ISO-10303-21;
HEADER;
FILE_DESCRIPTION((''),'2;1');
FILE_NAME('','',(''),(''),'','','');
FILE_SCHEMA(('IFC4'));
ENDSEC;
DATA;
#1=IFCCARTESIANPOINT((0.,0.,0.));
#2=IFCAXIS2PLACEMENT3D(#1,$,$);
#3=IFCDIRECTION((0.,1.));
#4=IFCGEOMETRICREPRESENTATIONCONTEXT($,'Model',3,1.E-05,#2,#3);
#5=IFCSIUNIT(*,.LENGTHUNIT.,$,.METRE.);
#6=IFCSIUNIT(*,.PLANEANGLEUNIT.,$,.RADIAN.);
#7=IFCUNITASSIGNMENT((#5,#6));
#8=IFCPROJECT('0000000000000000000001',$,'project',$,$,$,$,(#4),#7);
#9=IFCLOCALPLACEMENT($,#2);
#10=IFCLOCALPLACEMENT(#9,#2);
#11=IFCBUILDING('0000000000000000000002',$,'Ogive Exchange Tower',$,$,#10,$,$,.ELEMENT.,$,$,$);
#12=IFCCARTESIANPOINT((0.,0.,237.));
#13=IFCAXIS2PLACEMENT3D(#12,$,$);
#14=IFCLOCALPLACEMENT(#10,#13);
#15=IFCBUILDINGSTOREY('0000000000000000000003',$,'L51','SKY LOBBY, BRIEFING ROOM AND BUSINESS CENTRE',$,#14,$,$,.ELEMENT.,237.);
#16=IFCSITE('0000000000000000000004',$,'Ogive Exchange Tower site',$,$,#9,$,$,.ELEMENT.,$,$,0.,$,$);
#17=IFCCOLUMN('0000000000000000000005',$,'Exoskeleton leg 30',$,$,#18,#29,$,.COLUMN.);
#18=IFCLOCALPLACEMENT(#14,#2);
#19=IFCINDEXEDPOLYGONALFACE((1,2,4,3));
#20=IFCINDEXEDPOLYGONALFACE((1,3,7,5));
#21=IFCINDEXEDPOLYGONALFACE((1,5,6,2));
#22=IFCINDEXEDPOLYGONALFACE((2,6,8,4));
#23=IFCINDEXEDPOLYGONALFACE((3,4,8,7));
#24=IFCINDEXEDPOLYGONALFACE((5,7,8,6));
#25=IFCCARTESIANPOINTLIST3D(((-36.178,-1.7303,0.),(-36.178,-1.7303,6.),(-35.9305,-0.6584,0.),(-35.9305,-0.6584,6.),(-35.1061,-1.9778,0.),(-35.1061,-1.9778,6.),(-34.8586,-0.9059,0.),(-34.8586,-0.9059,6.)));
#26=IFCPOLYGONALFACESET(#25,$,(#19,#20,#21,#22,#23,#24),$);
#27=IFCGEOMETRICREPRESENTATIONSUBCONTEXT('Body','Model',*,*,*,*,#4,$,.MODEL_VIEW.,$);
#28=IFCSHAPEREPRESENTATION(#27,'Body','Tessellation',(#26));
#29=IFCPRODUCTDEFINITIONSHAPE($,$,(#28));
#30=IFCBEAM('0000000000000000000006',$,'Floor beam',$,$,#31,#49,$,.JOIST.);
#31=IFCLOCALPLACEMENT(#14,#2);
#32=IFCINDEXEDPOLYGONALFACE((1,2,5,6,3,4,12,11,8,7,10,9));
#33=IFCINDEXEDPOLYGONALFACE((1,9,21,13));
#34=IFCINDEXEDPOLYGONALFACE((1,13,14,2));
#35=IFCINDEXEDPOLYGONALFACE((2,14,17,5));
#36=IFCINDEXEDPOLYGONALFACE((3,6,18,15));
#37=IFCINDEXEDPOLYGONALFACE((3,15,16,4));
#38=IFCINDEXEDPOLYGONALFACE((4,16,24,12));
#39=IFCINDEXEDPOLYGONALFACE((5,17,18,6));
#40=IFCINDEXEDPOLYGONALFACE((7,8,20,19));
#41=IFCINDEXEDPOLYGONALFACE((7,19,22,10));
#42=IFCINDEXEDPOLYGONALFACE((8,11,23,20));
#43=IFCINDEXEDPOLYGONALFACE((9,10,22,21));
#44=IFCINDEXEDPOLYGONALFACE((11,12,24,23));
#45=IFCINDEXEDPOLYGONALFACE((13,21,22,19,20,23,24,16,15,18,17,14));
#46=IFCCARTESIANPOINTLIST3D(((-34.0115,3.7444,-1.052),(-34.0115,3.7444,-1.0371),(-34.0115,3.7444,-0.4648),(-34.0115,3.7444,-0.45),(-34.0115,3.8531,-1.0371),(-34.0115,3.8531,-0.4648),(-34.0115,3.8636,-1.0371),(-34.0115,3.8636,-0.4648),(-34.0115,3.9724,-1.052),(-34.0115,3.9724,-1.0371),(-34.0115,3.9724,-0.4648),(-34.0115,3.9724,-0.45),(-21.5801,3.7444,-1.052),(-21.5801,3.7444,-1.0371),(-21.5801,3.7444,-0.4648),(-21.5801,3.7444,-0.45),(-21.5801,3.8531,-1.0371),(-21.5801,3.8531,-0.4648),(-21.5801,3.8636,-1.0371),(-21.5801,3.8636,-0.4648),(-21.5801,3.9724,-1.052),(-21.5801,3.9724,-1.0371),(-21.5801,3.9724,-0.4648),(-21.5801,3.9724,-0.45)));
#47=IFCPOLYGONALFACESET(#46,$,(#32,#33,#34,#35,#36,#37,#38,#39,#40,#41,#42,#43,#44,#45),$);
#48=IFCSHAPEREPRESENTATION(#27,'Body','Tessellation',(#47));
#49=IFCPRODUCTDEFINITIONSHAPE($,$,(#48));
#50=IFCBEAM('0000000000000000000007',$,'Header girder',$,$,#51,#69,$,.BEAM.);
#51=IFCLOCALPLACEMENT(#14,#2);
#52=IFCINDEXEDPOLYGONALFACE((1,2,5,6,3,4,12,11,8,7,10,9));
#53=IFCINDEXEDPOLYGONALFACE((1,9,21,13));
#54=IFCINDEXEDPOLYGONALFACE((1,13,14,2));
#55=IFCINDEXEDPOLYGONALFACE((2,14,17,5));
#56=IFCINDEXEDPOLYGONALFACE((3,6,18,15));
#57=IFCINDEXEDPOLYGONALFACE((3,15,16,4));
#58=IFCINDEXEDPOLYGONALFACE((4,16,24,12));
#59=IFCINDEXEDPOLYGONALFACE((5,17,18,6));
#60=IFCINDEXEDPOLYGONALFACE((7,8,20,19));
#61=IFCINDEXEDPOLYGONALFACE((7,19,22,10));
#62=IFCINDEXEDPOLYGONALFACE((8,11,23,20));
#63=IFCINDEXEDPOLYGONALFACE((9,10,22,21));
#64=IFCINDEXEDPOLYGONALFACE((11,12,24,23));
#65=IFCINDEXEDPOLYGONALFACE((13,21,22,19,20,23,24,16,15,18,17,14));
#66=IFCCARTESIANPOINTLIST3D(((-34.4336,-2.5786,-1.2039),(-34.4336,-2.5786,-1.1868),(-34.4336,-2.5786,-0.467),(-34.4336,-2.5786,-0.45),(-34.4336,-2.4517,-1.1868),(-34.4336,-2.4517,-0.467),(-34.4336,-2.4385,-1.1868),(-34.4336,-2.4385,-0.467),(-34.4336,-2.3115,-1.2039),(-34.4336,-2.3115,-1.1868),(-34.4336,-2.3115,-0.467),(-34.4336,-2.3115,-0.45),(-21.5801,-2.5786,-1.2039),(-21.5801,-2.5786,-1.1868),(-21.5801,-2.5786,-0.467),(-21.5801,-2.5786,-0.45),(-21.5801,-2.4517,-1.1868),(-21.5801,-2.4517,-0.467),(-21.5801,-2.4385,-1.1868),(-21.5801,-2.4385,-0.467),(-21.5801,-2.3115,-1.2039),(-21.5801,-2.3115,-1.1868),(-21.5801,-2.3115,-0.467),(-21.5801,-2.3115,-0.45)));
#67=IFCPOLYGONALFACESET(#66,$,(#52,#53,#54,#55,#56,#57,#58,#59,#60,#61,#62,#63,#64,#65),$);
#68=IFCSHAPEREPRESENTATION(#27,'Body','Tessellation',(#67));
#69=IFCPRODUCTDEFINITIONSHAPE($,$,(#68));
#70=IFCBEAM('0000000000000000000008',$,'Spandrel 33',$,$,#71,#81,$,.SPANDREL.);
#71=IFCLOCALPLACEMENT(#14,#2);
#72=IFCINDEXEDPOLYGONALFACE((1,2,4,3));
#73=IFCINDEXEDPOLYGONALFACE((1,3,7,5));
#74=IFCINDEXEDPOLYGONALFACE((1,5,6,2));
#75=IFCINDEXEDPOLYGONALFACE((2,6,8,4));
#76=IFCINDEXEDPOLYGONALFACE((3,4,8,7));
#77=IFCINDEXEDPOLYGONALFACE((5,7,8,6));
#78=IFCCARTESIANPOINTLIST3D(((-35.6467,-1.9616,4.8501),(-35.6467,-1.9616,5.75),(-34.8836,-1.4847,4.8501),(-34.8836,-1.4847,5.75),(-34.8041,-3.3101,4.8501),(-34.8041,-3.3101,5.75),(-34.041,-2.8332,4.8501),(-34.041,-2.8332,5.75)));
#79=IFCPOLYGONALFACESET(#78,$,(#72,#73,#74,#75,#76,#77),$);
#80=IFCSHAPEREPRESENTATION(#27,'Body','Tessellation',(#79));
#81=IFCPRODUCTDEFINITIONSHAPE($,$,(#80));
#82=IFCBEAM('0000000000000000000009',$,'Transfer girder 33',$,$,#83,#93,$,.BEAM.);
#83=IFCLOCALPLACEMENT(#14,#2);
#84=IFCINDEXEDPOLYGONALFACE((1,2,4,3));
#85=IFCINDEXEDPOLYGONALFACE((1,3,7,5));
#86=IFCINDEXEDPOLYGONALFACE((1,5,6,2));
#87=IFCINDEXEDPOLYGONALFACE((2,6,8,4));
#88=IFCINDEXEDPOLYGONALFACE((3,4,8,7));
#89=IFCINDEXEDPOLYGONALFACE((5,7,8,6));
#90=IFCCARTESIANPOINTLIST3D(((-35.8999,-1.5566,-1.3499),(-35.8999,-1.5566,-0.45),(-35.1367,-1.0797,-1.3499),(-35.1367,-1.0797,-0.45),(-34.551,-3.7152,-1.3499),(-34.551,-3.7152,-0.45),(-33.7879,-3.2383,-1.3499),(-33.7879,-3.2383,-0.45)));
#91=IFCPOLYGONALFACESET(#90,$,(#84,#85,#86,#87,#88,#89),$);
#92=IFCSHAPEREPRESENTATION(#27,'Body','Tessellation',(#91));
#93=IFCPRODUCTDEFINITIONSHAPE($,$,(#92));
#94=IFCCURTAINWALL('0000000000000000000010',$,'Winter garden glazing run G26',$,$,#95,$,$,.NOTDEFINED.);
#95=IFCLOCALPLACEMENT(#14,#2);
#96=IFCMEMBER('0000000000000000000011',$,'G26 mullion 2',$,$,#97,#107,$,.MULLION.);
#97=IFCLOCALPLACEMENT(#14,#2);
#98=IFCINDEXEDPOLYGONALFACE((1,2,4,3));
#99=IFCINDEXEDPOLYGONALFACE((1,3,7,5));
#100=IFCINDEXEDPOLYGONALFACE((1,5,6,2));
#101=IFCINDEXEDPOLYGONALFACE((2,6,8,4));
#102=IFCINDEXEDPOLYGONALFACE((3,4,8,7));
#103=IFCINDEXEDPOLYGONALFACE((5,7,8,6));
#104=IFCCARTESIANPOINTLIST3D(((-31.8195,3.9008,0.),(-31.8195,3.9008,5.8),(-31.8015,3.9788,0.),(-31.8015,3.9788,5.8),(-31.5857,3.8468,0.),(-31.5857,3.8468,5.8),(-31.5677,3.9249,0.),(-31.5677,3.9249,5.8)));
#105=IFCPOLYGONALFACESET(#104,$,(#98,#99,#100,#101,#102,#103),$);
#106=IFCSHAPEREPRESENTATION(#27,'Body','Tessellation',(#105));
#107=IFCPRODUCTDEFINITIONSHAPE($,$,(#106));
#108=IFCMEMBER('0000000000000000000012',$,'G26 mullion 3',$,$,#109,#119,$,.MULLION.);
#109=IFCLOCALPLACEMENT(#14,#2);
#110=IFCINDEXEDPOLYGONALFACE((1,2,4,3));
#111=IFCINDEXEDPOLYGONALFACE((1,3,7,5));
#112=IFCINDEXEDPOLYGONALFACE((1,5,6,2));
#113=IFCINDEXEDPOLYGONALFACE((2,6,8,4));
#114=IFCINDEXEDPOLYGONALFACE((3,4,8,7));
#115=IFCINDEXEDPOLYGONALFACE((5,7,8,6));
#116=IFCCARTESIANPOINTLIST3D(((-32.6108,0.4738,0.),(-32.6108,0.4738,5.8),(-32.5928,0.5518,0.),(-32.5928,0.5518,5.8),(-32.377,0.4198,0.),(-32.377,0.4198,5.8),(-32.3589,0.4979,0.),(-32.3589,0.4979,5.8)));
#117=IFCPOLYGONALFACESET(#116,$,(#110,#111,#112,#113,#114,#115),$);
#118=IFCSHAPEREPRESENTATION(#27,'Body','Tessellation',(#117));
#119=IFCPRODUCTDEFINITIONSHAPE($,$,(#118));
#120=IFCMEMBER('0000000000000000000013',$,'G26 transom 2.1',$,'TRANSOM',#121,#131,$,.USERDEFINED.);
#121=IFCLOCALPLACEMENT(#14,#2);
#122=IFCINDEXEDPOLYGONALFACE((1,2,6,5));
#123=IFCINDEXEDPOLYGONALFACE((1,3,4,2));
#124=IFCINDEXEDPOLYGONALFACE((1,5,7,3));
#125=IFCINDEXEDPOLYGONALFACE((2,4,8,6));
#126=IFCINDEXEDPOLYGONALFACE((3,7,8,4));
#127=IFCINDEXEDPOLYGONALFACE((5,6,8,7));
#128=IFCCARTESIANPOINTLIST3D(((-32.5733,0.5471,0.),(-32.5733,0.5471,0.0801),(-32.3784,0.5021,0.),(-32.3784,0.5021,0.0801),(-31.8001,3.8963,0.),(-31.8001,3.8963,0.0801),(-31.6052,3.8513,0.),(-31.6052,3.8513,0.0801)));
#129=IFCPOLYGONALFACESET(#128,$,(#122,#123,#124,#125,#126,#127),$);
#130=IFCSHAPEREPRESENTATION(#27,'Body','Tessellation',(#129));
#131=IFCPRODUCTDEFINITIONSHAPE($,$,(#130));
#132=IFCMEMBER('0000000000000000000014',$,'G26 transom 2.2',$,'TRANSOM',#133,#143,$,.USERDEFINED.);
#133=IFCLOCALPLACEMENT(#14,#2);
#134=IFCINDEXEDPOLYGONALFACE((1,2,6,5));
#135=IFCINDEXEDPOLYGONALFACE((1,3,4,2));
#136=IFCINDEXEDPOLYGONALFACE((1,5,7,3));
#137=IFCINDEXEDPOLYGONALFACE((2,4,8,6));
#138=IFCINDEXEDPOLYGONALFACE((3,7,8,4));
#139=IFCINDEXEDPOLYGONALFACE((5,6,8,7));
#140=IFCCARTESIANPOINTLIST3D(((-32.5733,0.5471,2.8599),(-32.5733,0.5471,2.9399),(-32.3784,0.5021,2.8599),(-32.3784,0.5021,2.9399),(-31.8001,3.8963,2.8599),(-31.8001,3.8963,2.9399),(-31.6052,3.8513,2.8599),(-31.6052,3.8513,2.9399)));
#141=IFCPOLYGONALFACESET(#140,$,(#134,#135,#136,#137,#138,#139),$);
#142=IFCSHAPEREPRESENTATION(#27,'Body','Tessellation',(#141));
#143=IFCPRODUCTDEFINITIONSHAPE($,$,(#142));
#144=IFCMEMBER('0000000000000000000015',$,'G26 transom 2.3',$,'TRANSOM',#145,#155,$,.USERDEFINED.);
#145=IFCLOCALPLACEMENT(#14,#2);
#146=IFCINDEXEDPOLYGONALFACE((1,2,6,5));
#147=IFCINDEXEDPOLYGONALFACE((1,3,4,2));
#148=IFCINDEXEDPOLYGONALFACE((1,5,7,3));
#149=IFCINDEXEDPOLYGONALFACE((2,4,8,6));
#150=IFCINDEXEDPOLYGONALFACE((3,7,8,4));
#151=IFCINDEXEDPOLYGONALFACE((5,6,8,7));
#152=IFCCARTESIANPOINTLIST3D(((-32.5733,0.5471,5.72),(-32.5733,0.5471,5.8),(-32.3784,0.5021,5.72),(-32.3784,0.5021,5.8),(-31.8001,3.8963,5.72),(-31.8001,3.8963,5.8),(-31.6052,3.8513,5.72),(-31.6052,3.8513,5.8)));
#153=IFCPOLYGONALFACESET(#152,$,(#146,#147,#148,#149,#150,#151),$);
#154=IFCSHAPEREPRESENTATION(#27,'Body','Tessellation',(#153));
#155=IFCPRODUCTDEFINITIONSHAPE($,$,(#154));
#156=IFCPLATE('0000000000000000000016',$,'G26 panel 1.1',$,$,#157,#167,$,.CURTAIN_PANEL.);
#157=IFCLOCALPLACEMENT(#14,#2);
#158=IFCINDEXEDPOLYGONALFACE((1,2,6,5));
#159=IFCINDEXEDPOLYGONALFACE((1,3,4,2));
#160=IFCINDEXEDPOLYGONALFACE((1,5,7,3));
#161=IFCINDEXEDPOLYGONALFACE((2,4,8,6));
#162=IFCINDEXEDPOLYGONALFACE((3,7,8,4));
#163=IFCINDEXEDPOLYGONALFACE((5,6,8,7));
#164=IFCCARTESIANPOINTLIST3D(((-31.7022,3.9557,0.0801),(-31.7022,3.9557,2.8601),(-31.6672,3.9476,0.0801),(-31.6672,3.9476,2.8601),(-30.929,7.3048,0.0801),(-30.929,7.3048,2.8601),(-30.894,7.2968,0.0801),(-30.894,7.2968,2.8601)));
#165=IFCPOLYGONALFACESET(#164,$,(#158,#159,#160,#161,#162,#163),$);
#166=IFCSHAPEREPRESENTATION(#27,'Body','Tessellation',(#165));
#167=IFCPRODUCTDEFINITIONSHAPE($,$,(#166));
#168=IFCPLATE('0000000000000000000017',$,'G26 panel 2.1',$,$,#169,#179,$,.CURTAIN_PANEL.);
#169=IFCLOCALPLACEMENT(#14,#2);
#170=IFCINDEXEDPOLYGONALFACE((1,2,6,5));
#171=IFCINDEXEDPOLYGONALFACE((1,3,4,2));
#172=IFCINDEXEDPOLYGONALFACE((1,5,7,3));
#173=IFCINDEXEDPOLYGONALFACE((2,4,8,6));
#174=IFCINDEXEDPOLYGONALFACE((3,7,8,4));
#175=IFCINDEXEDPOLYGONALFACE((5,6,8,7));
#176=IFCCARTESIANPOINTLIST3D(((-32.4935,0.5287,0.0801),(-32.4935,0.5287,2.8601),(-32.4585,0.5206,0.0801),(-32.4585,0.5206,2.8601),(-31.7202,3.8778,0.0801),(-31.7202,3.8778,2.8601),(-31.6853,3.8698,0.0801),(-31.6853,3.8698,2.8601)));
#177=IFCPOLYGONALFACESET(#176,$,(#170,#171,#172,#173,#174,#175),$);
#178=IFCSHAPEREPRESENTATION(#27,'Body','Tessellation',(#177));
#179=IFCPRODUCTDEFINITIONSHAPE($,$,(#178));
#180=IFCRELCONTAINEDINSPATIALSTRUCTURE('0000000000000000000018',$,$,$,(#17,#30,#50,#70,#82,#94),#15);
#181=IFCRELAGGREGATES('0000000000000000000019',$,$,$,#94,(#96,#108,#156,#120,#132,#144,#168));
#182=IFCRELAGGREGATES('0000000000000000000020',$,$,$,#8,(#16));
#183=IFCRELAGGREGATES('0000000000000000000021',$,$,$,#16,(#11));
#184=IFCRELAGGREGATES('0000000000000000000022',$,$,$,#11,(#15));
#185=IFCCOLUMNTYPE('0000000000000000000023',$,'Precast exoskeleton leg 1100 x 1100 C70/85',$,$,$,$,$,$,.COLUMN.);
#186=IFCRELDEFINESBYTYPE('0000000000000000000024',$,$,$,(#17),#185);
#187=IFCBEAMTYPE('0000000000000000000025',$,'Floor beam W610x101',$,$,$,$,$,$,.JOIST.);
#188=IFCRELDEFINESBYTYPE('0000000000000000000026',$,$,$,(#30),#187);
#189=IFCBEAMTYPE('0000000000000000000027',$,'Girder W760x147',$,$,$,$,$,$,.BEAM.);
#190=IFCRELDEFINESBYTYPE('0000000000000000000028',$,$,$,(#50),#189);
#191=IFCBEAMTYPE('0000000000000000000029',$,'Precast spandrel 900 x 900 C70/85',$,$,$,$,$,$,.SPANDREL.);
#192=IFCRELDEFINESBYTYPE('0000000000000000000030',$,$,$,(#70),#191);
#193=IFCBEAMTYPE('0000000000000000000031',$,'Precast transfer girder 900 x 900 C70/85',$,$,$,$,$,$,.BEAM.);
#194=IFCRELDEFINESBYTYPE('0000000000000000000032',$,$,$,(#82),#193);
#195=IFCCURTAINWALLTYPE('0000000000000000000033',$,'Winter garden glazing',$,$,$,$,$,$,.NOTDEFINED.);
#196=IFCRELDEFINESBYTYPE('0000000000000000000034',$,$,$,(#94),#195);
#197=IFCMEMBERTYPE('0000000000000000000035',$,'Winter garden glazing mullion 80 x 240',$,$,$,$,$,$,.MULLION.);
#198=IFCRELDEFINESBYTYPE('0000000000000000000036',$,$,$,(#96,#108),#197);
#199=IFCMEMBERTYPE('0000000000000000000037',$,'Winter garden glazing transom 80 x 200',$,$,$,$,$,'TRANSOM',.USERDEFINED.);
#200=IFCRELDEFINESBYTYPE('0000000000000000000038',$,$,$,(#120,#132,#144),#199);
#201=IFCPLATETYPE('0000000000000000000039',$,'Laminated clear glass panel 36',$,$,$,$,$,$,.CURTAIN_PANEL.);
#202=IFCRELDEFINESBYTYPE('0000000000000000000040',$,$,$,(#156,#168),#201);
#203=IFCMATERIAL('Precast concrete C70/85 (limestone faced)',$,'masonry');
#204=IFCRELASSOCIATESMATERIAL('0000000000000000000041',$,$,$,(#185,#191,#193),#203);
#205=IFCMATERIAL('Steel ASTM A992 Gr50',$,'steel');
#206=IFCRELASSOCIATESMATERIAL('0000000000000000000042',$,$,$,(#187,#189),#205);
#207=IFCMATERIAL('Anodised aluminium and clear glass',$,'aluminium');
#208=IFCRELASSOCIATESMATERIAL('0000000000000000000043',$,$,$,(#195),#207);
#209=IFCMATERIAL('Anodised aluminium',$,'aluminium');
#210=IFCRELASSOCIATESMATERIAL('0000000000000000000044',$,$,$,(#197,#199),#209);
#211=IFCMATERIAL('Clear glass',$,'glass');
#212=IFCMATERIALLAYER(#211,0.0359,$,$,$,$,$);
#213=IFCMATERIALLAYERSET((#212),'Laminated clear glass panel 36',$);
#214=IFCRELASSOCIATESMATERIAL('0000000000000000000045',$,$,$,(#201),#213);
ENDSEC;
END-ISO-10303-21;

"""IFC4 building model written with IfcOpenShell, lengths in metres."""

from ifc_helpers import new_model, si_unit, direction, frame, origin, origin_2d, place, context, subcontext, project, spatial, rectangle, i_section, extrude, material, layer, layer_set, material_profile, profile_set, type_object, element, aggregate, save


model = new_model("IFC4")

# Units and contexts
model_context = context("Model", 3, precision=1e-05, world=origin(), true_north=direction((0.0, 1.0)))
body_context = subcontext(model_context, "Body", "Model", "MODEL_VIEW")
ifc_project = project(units=[si_unit("LENGTHUNIT", "METRE"), si_unit("PLANEANGLEUNIT", "RADIAN")], contexts=[model_context])

# Site, building, storey
site_placement = place(None, origin())
site = spatial("IfcSite", under=ifc_project, at=site_placement, Name="Ogive Exchange Tower site", CompositionType="ELEMENT", RefElevation=0.0)
building_placement = place(site_placement, origin())
building = spatial("IfcBuilding", under=site, at=building_placement, Name="Ogive Exchange Tower", CompositionType="ELEMENT")
storey_placement = place(building_placement, frame((0.0, 0.0, 237.0)))
storey = spatial("IfcBuildingStorey", under=building, at=storey_placement, Name="L51", Description="SKY LOBBY, BRIEFING ROOM AND BUSINESS CENTRE", CompositionType="ELEMENT", Elevation=237.0)

# Column
ifc_material_1 = material(Name="Precast concrete C70/85 (limestone faced)", Category="masonry")
ifc_material_profile_1 = material_profile(ifc_material_1, rectangle(XDim=1.1001, YDim=1.1001, at=origin_2d()), Name="1100 x 1100")
ifc_profile_set_1 = profile_set([ifc_material_profile_1], Name="Precast concrete C70/85 (limestone faced)")
column_type = type_object("IfcColumnType", Name="Precast exoskeleton leg 1100 x 1100 C70/85", PredefinedType="COLUMN", material=ifc_profile_set_1)
column_placement = place(storey_placement, frame((-35.5183, -1.3181, 0.0), z_axis=(0.0, 0.0, 1.0), x_axis=(0.97437, -0.224951, 0.0)))
element("IfcColumn", 1, at=column_placement, inside=storey, type_object=column_type, Name="Exoskeleton leg 30", PredefinedType="COLUMN", context=body_context, shape_type="SweptSolid", body=[
    extrude(rectangle(XDim=1.1001, YDim=1.1001, at=origin_2d()), origin(), (0.0, 0.0, 1.0), 6.0),
])

# Beams
ifc_material_2 = material(Name="Steel ASTM A992 Gr50", Category="steel")
ifc_material_profile_2 = material_profile(ifc_material_2, i_section(OverallWidth=0.228, OverallDepth=0.6021, WebThickness=0.0105, FlangeThickness=0.0149, at=origin_2d()), Name="W610x101")
ifc_profile_set_2 = profile_set([ifc_material_profile_2], Name="Steel ASTM A992 Gr50")
beam_type_1 = type_object("IfcBeamType", Name="Floor beam W610x101", PredefinedType="JOIST", material=ifc_profile_set_2)
beam_1_placement = place(storey_placement, frame((-34.0115, 3.8584, -0.751), z_axis=(1.0, 0.0, 0.0), x_axis=(0.0, 1.0, 0.0)))
element("IfcBeam", 2, at=beam_1_placement, inside=storey, type_object=beam_type_1, Name="Floor beam", PredefinedType="JOIST", context=body_context, shape_type="SweptSolid", body=[
    extrude(i_section(OverallWidth=0.228, OverallDepth=0.6021, WebThickness=0.0105, FlangeThickness=0.0149, at=origin_2d()), origin(), (0.0, 0.0, 1.0), 12.4314),
])
ifc_material_profile_3 = material_profile(ifc_material_2, i_section(OverallWidth=0.2671, OverallDepth=0.7539, WebThickness=0.0132, FlangeThickness=0.0171, at=origin_2d()), Name="W760x147")
ifc_profile_set_3 = profile_set([ifc_material_profile_3], Name="Steel ASTM A992 Gr50")
beam_type_2 = type_object("IfcBeamType", Name="Girder W760x147", PredefinedType="BEAM", material=ifc_profile_set_3)
beam_2_placement = place(storey_placement, frame((-34.4336, -2.4451, -0.8269), z_axis=(1.0, 0.0, 0.0), x_axis=(0.0, 1.0, 0.0)))
element("IfcBeam", 3, at=beam_2_placement, inside=storey, type_object=beam_type_2, Name="Header girder", PredefinedType="BEAM", context=body_context, shape_type="SweptSolid", body=[
    extrude(i_section(OverallWidth=0.2671, OverallDepth=0.7539, WebThickness=0.0132, FlangeThickness=0.0171, at=origin_2d()), origin(), (0.0, 0.0, 1.0), 12.8535),
])
ifc_material_profile_4 = material_profile(ifc_material_1, rectangle(XDim=0.8999, YDim=0.8999, at=origin_2d()), Name="900 x 900")
ifc_profile_set_4 = profile_set([ifc_material_profile_4], Name="Precast concrete C70/85 (limestone faced)")
beam_type_3 = type_object("IfcBeamType", Name="Precast spandrel 900 x 900 C70/85", PredefinedType="SPANDREL", material=ifc_profile_set_4)
beam_3_placement = place(storey_placement, frame((-35.2651, -1.7231, 5.3), z_axis=(0.529902, -0.848059, 0.0), x_axis=(0.848059, 0.529902, 0.0)))
element("IfcBeam", 4, at=beam_3_placement, inside=storey, type_object=beam_type_3, Name="Spandrel 33", PredefinedType="SPANDREL", context=body_context, shape_type="SweptSolid", body=[
    extrude(rectangle(XDim=0.8999, YDim=0.8999, at=origin_2d()), origin(), (0.0, 0.0, 1.0), 1.5901),
])
ifc_material_profile_5 = material_profile(ifc_material_1, rectangle(XDim=0.8999, YDim=0.8999, at=origin_2d()), Name="900 x 900")
ifc_profile_set_5 = profile_set([ifc_material_profile_5], Name="Precast concrete C70/85 (limestone faced)")
beam_type_4 = type_object("IfcBeamType", Name="Precast transfer girder 900 x 900 C70/85", PredefinedType="BEAM", material=ifc_profile_set_5)
beam_4_placement = place(storey_placement, frame((-35.5183, -1.3181, -0.8999), z_axis=(0.529913, -0.848052, 0.0), x_axis=(0.848052, 0.529913, 0.0)))
element("IfcBeam", 5, at=beam_4_placement, inside=storey, type_object=beam_type_4, Name="Transfer girder 33", PredefinedType="BEAM", context=body_context, shape_type="SweptSolid", body=[
    extrude(rectangle(XDim=0.8999, YDim=0.8999, at=origin_2d()), origin(), (0.0, 0.0, 1.0), 2.5454),
])

# Curtain wall, members, plates
ifc_material_3 = material(Name="Anodised aluminium and clear glass", Category="aluminium")
curtain_wall_type = type_object("IfcCurtainWallType", Name="Winter garden glazing", PredefinedType="NOTDEFINED", material=ifc_material_3)
curtain_wall_placement = place(storey_placement, origin())
curtain_wall = element("IfcCurtainWall", 6, at=curtain_wall_placement, inside=storey, type_object=curtain_wall_type, Name="Winter garden glazing run G26", PredefinedType="NOTDEFINED")
ifc_material_4 = material(Name="Anodised aluminium", Category="aluminium")
ifc_material_profile_6 = material_profile(ifc_material_4, rectangle(XDim=0.24, YDim=0.0801, at=origin_2d()), Name="AL 80x240")
ifc_profile_set_6 = profile_set([ifc_material_profile_6], Name="Anodised aluminium")
member_type_1 = type_object("IfcMemberType", Name="Winter garden glazing mullion 80 x 240", PredefinedType="MULLION", material=ifc_profile_set_6)
member_1_placement = place(storey_placement, frame((-31.6936, 3.9128, 0.0), z_axis=(0.0, 0.0, 1.0), x_axis=(0.974369, -0.224954, 0.0)))
member_1 = element("IfcMember", 7, at=member_1_placement, type_object=member_type_1, Name="G26 mullion 2", PredefinedType="MULLION", context=body_context, shape_type="SweptSolid", body=[
    extrude(rectangle(XDim=0.24, YDim=0.0801, at=origin_2d()), origin(), (0.0, 0.0, 1.0), 5.8),
])
member_2_placement = place(storey_placement, frame((-32.4849, 0.4858, 0.0), z_axis=(0.0, 0.0, 1.0), x_axis=(0.974369, -0.224954, 0.0)))
member_2 = element("IfcMember", 8, at=member_2_placement, type_object=member_type_1, Name="G26 mullion 3", PredefinedType="MULLION", context=body_context, shape_type="SweptSolid", body=[
    extrude(rectangle(XDim=0.24, YDim=0.0801, at=origin_2d()), origin(), (0.0, 0.0, 1.0), 5.8),
])
ifc_material_profile_7 = material_profile(ifc_material_4, rectangle(XDim=0.2, YDim=0.0801, at=origin_2d()), Name="AL 80x200")
ifc_profile_set_7 = profile_set([ifc_material_profile_7], Name="Anodised aluminium")
member_type_2 = type_object("IfcMemberType", Name="Winter garden glazing transom 80 x 200", ElementType="TRANSOM", PredefinedType="USERDEFINED", material=ifc_profile_set_7)
member_3_placement = place(storey_placement, frame((-31.7026, 3.8738, 0.04), z_axis=(-0.224948, -0.974371, 0.0), x_axis=(0.974371, -0.224948, 0.0)))
member_3 = element("IfcMember", 9, at=member_3_placement, type_object=member_type_2, Name="G26 transom 2.1", ObjectType="TRANSOM", PredefinedType="USERDEFINED", context=body_context, shape_type="SweptSolid", body=[
    extrude(rectangle(XDim=0.2, YDim=0.0801, at=origin_2d()), origin(), (0.0, 0.0, 1.0), 3.4373),
])
member_4_placement = place(storey_placement, frame((-31.7026, 3.8738, 2.8999), z_axis=(-0.224948, -0.974371, 0.0), x_axis=(0.974371, -0.224948, 0.0)))
member_4 = element("IfcMember", 10, at=member_4_placement, type_object=member_type_2, Name="G26 transom 2.2", ObjectType="TRANSOM", PredefinedType="USERDEFINED", context=body_context, shape_type="SweptSolid", body=[
    extrude(rectangle(XDim=0.2, YDim=0.0801, at=origin_2d()), origin(), (0.0, 0.0, 1.0), 3.4373),
])
member_5_placement = place(storey_placement, frame((-31.7026, 3.8738, 5.76), z_axis=(-0.224948, -0.974371, 0.0), x_axis=(0.974371, -0.224948, 0.0)))
member_5 = element("IfcMember", 11, at=member_5_placement, type_object=member_type_2, Name="G26 transom 2.3", ObjectType="TRANSOM", PredefinedType="USERDEFINED", context=body_context, shape_type="SweptSolid", body=[
    extrude(rectangle(XDim=0.2, YDim=0.0801, at=origin_2d()), origin(), (0.0, 0.0, 1.0), 3.4373),
])
ifc_material_5 = material(Name="Clear glass", Category="glass")
ifc_layer_1 = layer(ifc_material_5, 0.0359)
ifc_layer_set_1 = layer_set([ifc_layer_1], Name="Laminated clear glass panel 36")
plate_type = type_object("IfcPlateType", Name="Laminated clear glass panel 36", PredefinedType="CURTAIN_PANEL", material=ifc_layer_set_1)
plate_1_placement = place(storey_placement, frame((-31.2981, 5.6262, 0.0801), z_axis=(0.0, 0.0, 1.0), x_axis=(-0.224954, -0.974369, 0.0)))
plate_1 = element("IfcPlate", 12, at=plate_1_placement, type_object=plate_type, Name="G26 panel 1.1", PredefinedType="CURTAIN_PANEL", context=body_context, shape_type="SweptSolid", body=[
    extrude(rectangle(XDim=3.4373, YDim=0.0359, at=origin_2d()), origin(), (0.0, 0.0, 1.0), 2.78),
])
plate_2_placement = place(storey_placement, frame((-32.0894, 2.1992, 0.0801), z_axis=(0.0, 0.0, 1.0), x_axis=(-0.224954, -0.974369, 0.0)))
plate_2 = element("IfcPlate", 13, at=plate_2_placement, type_object=plate_type, Name="G26 panel 2.1", PredefinedType="CURTAIN_PANEL", context=body_context, shape_type="SweptSolid", body=[
    extrude(rectangle(XDim=3.4373, YDim=0.0359, at=origin_2d()), origin(), (0.0, 0.0, 1.0), 2.78),
])
aggregate(curtain_wall, [member_1, member_2, plate_1, member_3, member_4, member_5, plate_2])

save(model, "model.ifc")
